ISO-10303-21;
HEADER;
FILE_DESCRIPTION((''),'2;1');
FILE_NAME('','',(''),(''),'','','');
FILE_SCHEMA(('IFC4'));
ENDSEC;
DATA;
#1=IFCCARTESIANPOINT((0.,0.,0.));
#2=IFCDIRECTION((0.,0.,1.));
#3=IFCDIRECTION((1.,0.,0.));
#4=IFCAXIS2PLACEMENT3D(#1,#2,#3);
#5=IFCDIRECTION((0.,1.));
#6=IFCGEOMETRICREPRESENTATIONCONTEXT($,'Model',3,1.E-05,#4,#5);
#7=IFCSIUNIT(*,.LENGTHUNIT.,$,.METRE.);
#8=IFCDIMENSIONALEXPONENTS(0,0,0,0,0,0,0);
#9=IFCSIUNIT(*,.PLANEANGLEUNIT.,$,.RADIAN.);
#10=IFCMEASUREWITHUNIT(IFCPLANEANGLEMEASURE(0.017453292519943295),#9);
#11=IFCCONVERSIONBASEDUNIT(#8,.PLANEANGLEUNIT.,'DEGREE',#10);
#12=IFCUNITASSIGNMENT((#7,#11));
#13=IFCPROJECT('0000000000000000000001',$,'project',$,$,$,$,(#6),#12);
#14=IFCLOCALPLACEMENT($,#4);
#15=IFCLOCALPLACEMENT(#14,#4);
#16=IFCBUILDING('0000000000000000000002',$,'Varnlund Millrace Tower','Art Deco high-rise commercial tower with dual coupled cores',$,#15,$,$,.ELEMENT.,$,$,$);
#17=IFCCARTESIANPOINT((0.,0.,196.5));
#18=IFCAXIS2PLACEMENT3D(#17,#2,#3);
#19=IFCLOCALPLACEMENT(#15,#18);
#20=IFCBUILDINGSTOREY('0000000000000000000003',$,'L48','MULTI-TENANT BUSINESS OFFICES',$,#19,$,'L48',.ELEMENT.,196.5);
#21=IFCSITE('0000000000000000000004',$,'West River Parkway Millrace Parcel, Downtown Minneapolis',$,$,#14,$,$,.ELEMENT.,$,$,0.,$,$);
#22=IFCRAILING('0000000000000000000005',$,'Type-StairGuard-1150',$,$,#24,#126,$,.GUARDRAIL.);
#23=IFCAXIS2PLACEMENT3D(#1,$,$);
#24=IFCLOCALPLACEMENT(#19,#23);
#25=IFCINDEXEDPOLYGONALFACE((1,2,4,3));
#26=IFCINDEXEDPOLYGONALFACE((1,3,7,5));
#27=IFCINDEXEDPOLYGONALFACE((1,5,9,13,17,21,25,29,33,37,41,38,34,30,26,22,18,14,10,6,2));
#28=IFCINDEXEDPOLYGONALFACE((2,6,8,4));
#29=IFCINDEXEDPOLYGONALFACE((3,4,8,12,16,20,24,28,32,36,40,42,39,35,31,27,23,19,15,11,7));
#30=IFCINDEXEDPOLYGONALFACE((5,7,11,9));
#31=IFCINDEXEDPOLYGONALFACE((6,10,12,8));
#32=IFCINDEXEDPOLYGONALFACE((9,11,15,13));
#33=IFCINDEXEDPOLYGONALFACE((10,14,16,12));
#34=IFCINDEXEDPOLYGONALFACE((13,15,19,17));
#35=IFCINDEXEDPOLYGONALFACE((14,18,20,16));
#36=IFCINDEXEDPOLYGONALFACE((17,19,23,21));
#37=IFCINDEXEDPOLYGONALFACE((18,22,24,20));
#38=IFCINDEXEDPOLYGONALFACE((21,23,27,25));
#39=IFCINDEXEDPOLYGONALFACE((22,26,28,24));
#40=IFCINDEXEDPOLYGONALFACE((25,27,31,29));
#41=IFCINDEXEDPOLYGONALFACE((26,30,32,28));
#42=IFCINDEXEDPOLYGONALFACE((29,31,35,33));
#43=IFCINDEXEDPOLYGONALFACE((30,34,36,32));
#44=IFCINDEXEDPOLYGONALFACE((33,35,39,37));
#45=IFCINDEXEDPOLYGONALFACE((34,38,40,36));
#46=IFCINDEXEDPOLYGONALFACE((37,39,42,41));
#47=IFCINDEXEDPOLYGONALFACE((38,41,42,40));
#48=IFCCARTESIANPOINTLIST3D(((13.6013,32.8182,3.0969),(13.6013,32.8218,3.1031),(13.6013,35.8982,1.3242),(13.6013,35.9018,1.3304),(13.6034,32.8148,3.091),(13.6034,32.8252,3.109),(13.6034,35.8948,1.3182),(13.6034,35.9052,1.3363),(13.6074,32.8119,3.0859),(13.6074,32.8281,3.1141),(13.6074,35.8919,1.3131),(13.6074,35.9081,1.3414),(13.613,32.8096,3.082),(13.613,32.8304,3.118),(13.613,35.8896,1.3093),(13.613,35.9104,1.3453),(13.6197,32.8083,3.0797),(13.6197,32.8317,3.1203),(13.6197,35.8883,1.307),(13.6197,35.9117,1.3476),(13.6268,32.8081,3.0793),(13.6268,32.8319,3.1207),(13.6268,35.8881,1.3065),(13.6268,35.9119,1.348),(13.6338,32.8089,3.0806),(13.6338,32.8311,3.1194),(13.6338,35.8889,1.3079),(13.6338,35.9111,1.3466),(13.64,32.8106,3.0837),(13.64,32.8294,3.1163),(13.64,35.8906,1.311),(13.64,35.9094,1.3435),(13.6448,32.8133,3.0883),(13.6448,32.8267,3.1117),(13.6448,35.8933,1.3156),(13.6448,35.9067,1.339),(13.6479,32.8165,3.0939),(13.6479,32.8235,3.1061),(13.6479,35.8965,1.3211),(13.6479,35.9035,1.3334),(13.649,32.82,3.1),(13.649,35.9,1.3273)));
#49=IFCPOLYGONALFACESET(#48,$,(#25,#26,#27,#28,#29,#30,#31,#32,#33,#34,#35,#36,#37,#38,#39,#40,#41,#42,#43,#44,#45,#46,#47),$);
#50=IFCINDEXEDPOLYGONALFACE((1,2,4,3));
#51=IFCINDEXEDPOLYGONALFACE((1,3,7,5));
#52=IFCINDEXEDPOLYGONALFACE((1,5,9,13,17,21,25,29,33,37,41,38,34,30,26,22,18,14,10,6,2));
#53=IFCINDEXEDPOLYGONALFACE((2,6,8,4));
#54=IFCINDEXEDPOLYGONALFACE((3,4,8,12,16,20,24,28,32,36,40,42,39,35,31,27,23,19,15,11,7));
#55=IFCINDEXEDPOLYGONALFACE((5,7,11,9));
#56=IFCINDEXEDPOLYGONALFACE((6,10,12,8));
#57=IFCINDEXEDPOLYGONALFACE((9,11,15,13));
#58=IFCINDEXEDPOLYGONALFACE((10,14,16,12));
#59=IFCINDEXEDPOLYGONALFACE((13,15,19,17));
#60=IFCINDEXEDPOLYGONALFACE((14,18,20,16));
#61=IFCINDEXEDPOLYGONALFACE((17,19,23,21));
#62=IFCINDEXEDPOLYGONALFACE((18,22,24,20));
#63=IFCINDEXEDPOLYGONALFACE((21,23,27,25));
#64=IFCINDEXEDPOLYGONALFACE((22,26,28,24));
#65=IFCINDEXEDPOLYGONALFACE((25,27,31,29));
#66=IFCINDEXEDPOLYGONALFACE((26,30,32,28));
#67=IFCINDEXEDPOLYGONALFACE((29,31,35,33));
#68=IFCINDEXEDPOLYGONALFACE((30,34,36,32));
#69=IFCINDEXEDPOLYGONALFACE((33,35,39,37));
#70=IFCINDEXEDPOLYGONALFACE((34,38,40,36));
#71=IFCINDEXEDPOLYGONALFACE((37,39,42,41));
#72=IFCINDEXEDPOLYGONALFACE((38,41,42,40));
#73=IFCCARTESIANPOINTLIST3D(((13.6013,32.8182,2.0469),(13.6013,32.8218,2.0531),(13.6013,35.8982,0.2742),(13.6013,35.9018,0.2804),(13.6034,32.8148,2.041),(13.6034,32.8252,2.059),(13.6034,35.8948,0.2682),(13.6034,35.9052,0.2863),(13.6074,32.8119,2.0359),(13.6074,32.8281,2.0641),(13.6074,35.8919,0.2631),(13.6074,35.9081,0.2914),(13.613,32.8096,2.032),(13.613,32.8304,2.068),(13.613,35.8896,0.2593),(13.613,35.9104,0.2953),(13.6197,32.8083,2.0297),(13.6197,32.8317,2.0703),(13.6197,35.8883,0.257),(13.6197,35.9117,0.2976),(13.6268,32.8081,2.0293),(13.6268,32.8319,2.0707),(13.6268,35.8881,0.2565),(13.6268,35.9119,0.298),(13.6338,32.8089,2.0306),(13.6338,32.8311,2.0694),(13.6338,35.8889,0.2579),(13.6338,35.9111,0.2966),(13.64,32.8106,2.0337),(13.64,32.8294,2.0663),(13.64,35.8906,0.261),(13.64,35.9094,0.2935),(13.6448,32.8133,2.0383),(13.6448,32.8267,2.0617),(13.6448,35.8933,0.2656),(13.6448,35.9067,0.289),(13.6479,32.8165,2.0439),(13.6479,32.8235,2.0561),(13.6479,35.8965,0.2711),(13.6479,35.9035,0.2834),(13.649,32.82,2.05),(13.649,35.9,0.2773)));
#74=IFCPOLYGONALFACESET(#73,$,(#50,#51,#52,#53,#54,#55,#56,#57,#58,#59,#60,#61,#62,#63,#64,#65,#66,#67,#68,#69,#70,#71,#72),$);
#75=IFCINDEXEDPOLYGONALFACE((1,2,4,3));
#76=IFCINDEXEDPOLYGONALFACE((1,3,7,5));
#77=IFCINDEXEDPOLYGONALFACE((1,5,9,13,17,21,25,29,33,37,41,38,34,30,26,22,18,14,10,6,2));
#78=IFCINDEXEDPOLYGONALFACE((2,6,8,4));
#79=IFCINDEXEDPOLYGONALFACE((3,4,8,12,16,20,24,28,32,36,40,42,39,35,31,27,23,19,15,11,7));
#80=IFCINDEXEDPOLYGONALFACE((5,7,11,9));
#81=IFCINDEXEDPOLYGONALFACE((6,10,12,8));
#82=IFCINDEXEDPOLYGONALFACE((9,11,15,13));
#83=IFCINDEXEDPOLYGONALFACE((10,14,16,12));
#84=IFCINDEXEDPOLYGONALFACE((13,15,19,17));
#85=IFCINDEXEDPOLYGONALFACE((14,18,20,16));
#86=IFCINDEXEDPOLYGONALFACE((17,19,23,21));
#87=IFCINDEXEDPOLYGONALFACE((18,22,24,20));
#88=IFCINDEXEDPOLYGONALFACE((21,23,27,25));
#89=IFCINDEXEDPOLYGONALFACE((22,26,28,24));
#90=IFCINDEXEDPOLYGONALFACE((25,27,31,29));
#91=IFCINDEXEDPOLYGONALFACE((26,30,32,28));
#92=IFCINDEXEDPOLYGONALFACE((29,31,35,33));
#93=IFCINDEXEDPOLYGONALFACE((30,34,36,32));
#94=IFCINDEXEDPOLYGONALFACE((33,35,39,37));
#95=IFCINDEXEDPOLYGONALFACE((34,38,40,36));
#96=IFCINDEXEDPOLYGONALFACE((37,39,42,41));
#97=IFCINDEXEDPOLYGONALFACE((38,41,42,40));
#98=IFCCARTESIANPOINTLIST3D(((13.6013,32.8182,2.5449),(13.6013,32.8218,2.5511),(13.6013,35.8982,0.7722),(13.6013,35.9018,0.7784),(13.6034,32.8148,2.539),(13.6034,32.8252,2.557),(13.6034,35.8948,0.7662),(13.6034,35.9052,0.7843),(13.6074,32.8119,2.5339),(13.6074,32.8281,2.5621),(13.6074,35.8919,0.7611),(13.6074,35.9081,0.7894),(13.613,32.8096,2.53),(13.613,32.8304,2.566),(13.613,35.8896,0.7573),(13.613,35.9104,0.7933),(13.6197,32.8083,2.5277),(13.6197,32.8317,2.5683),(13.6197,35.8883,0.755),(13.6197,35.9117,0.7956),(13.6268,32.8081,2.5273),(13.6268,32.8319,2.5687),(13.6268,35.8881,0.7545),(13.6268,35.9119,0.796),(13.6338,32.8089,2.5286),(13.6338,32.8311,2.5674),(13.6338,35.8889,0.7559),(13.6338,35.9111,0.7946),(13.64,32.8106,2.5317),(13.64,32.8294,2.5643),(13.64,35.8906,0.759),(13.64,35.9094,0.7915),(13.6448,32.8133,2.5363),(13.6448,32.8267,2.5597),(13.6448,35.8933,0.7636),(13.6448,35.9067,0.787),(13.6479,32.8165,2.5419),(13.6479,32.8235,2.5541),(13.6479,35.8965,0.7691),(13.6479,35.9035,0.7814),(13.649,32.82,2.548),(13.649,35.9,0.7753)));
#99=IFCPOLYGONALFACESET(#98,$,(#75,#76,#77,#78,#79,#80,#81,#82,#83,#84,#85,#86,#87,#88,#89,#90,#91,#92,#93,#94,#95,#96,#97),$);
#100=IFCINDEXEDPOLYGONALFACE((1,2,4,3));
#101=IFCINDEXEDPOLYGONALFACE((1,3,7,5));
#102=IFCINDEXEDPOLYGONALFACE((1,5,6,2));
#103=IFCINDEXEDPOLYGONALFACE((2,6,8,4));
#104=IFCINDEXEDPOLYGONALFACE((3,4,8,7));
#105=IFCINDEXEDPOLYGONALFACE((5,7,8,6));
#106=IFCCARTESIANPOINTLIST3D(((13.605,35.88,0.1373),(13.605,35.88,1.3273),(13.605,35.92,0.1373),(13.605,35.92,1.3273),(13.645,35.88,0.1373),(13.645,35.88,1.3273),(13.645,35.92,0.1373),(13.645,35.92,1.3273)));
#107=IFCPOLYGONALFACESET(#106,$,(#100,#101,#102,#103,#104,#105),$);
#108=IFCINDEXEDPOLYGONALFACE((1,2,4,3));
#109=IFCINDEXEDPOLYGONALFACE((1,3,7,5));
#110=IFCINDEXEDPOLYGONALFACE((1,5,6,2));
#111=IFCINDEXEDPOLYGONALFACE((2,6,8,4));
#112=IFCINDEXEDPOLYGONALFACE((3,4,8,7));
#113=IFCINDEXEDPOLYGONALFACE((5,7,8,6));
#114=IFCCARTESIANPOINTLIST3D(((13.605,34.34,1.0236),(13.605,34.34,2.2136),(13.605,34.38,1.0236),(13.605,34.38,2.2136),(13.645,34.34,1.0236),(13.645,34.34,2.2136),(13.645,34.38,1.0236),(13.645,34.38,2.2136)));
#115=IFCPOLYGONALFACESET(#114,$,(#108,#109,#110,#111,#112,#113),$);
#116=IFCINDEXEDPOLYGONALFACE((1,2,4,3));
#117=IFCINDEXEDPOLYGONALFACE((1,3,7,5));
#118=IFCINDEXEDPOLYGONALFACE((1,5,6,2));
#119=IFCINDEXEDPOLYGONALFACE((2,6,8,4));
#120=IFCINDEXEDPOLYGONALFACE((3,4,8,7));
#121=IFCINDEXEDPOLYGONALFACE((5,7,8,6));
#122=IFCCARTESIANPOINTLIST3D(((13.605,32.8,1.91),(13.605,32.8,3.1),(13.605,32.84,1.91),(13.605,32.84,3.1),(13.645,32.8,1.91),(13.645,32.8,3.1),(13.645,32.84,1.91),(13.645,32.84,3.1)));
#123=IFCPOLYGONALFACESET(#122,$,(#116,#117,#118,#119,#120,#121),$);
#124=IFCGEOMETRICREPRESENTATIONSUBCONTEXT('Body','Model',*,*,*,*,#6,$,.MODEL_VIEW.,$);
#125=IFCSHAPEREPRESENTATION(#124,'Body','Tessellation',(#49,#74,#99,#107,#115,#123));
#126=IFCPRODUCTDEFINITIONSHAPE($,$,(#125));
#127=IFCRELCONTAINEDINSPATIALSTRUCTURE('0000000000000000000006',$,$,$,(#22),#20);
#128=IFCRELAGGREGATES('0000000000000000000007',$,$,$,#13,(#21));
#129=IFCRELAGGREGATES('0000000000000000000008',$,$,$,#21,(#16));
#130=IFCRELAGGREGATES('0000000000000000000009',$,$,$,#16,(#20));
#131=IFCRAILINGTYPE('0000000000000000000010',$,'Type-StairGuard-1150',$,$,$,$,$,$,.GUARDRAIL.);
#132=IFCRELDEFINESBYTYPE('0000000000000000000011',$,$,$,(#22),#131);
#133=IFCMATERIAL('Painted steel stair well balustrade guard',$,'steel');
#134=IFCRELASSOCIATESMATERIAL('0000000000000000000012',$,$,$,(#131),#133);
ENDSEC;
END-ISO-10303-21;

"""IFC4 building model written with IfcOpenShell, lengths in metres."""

from ifc_helpers import new_model, entity, si_unit, converted_unit, direction, frame, origin_with_axes, origin_2d_with_axis, place, context, subcontext, project, spatial, rectangle, circle, extrude, material, type_object, element, save


model = new_model("IFC4")

# Units and contexts
model_context = context("Model", 3, precision=1e-05, world=origin_with_axes(), true_north=direction((0.0, 1.0)))
body_context = subcontext(model_context, "Body", "Model", "MODEL_VIEW")
ifc_project = project(units=[si_unit("LENGTHUNIT", "METRE"), converted_unit("PLANEANGLEUNIT", "DEGREE", entity("IfcPlaneAngleMeasure", 0.017453292519943295), si_unit("PLANEANGLEUNIT", "RADIAN"), dimensions=[0, 0, 0, 0, 0, 0, 0])], contexts=[model_context])

# Site, building, storey
site_placement = place(None, origin_with_axes())
site = spatial("IfcSite", under=ifc_project, at=site_placement, Name="West River Parkway Millrace Parcel, Downtown Minneapolis", CompositionType="ELEMENT", RefElevation=0.0)
building_placement = place(site_placement, origin_with_axes())
building = spatial("IfcBuilding", under=site, at=building_placement, Name="Varnlund Millrace Tower", Description="Art Deco high-rise commercial tower with dual coupled cores", CompositionType="ELEMENT")
storey_placement = place(building_placement, frame((0.0, 0.0, 196.5), z_axis=(0.0, 0.0, 1.0), x_axis=(1.0, 0.0, 0.0)))
storey = spatial("IfcBuildingStorey", under=building, at=storey_placement, Name="L48", Description="MULTI-TENANT BUSINESS OFFICES", LongName="L48", CompositionType="ELEMENT", Elevation=196.5)

# Railing
ifc_material_1 = material(Name="Painted steel stair well balustrade guard", Category="steel")
railing_type_1 = type_object("IfcRailingType", Name="Type-StairGuard-1150", PredefinedType="GUARDRAIL", material=ifc_material_1)
railing_1_placement = place(storey_placement, frame((0.0, 0.0, -196.5), z_axis=(0.0, 0.0, 1.0), x_axis=(1.0, 0.0, 0.0)))
element("IfcRailing", 1, at=railing_1_placement, inside=storey, type_object=railing_type_1, Name="Type-StairGuard-1150", PredefinedType="GUARDRAIL", context=body_context, shape_type="SweptSolid", body=[
    extrude(circle(Radius=0.024, at=origin_2d_with_axis()), frame((13.625, 35.9, 197.8273), z_axis=(0.0, -0.866696, 0.498836), x_axis=(1.0, 0.0, 0.0)), (0.0, 0.0, 1.0), 3.5537),
    extrude(circle(Radius=0.024, at=origin_2d_with_axis()), frame((13.625, 35.9, 196.7773), z_axis=(0.0, -0.866696, 0.498836), x_axis=(1.0, 0.0, 0.0)), (0.0, 0.0, 1.0), 3.5537),
    extrude(circle(Radius=0.024, at=origin_2d_with_axis()), frame((13.625, 35.9, 197.2753), z_axis=(0.0, -0.866696, 0.498836), x_axis=(1.0, 0.0, 0.0)), (0.0, 0.0, 1.0), 3.5537),
    extrude(rectangle(XDim=0.04, YDim=0.04, at=origin_2d_with_axis()), frame((13.625, 35.9, 196.6373), z_axis=(0.0, 0.0, 1.0), x_axis=(1.0, 0.0, 0.0)), (0.0, 0.0, 1.0), 1.19),
    extrude(rectangle(XDim=0.04, YDim=0.04, at=origin_2d_with_axis()), frame((13.625, 34.36, 197.5236), z_axis=(0.0, 0.0, 1.0), x_axis=(1.0, 0.0, 0.0)), (0.0, 0.0, 1.0), 1.19),
    extrude(rectangle(XDim=0.04, YDim=0.04, at=origin_2d_with_axis()), frame((13.625, 32.82, 198.41), z_axis=(0.0, 0.0, 1.0), x_axis=(1.0, 0.0, 0.0)), (0.0, 0.0, 1.0), 1.19),
])

save(model, "model.ifc")
